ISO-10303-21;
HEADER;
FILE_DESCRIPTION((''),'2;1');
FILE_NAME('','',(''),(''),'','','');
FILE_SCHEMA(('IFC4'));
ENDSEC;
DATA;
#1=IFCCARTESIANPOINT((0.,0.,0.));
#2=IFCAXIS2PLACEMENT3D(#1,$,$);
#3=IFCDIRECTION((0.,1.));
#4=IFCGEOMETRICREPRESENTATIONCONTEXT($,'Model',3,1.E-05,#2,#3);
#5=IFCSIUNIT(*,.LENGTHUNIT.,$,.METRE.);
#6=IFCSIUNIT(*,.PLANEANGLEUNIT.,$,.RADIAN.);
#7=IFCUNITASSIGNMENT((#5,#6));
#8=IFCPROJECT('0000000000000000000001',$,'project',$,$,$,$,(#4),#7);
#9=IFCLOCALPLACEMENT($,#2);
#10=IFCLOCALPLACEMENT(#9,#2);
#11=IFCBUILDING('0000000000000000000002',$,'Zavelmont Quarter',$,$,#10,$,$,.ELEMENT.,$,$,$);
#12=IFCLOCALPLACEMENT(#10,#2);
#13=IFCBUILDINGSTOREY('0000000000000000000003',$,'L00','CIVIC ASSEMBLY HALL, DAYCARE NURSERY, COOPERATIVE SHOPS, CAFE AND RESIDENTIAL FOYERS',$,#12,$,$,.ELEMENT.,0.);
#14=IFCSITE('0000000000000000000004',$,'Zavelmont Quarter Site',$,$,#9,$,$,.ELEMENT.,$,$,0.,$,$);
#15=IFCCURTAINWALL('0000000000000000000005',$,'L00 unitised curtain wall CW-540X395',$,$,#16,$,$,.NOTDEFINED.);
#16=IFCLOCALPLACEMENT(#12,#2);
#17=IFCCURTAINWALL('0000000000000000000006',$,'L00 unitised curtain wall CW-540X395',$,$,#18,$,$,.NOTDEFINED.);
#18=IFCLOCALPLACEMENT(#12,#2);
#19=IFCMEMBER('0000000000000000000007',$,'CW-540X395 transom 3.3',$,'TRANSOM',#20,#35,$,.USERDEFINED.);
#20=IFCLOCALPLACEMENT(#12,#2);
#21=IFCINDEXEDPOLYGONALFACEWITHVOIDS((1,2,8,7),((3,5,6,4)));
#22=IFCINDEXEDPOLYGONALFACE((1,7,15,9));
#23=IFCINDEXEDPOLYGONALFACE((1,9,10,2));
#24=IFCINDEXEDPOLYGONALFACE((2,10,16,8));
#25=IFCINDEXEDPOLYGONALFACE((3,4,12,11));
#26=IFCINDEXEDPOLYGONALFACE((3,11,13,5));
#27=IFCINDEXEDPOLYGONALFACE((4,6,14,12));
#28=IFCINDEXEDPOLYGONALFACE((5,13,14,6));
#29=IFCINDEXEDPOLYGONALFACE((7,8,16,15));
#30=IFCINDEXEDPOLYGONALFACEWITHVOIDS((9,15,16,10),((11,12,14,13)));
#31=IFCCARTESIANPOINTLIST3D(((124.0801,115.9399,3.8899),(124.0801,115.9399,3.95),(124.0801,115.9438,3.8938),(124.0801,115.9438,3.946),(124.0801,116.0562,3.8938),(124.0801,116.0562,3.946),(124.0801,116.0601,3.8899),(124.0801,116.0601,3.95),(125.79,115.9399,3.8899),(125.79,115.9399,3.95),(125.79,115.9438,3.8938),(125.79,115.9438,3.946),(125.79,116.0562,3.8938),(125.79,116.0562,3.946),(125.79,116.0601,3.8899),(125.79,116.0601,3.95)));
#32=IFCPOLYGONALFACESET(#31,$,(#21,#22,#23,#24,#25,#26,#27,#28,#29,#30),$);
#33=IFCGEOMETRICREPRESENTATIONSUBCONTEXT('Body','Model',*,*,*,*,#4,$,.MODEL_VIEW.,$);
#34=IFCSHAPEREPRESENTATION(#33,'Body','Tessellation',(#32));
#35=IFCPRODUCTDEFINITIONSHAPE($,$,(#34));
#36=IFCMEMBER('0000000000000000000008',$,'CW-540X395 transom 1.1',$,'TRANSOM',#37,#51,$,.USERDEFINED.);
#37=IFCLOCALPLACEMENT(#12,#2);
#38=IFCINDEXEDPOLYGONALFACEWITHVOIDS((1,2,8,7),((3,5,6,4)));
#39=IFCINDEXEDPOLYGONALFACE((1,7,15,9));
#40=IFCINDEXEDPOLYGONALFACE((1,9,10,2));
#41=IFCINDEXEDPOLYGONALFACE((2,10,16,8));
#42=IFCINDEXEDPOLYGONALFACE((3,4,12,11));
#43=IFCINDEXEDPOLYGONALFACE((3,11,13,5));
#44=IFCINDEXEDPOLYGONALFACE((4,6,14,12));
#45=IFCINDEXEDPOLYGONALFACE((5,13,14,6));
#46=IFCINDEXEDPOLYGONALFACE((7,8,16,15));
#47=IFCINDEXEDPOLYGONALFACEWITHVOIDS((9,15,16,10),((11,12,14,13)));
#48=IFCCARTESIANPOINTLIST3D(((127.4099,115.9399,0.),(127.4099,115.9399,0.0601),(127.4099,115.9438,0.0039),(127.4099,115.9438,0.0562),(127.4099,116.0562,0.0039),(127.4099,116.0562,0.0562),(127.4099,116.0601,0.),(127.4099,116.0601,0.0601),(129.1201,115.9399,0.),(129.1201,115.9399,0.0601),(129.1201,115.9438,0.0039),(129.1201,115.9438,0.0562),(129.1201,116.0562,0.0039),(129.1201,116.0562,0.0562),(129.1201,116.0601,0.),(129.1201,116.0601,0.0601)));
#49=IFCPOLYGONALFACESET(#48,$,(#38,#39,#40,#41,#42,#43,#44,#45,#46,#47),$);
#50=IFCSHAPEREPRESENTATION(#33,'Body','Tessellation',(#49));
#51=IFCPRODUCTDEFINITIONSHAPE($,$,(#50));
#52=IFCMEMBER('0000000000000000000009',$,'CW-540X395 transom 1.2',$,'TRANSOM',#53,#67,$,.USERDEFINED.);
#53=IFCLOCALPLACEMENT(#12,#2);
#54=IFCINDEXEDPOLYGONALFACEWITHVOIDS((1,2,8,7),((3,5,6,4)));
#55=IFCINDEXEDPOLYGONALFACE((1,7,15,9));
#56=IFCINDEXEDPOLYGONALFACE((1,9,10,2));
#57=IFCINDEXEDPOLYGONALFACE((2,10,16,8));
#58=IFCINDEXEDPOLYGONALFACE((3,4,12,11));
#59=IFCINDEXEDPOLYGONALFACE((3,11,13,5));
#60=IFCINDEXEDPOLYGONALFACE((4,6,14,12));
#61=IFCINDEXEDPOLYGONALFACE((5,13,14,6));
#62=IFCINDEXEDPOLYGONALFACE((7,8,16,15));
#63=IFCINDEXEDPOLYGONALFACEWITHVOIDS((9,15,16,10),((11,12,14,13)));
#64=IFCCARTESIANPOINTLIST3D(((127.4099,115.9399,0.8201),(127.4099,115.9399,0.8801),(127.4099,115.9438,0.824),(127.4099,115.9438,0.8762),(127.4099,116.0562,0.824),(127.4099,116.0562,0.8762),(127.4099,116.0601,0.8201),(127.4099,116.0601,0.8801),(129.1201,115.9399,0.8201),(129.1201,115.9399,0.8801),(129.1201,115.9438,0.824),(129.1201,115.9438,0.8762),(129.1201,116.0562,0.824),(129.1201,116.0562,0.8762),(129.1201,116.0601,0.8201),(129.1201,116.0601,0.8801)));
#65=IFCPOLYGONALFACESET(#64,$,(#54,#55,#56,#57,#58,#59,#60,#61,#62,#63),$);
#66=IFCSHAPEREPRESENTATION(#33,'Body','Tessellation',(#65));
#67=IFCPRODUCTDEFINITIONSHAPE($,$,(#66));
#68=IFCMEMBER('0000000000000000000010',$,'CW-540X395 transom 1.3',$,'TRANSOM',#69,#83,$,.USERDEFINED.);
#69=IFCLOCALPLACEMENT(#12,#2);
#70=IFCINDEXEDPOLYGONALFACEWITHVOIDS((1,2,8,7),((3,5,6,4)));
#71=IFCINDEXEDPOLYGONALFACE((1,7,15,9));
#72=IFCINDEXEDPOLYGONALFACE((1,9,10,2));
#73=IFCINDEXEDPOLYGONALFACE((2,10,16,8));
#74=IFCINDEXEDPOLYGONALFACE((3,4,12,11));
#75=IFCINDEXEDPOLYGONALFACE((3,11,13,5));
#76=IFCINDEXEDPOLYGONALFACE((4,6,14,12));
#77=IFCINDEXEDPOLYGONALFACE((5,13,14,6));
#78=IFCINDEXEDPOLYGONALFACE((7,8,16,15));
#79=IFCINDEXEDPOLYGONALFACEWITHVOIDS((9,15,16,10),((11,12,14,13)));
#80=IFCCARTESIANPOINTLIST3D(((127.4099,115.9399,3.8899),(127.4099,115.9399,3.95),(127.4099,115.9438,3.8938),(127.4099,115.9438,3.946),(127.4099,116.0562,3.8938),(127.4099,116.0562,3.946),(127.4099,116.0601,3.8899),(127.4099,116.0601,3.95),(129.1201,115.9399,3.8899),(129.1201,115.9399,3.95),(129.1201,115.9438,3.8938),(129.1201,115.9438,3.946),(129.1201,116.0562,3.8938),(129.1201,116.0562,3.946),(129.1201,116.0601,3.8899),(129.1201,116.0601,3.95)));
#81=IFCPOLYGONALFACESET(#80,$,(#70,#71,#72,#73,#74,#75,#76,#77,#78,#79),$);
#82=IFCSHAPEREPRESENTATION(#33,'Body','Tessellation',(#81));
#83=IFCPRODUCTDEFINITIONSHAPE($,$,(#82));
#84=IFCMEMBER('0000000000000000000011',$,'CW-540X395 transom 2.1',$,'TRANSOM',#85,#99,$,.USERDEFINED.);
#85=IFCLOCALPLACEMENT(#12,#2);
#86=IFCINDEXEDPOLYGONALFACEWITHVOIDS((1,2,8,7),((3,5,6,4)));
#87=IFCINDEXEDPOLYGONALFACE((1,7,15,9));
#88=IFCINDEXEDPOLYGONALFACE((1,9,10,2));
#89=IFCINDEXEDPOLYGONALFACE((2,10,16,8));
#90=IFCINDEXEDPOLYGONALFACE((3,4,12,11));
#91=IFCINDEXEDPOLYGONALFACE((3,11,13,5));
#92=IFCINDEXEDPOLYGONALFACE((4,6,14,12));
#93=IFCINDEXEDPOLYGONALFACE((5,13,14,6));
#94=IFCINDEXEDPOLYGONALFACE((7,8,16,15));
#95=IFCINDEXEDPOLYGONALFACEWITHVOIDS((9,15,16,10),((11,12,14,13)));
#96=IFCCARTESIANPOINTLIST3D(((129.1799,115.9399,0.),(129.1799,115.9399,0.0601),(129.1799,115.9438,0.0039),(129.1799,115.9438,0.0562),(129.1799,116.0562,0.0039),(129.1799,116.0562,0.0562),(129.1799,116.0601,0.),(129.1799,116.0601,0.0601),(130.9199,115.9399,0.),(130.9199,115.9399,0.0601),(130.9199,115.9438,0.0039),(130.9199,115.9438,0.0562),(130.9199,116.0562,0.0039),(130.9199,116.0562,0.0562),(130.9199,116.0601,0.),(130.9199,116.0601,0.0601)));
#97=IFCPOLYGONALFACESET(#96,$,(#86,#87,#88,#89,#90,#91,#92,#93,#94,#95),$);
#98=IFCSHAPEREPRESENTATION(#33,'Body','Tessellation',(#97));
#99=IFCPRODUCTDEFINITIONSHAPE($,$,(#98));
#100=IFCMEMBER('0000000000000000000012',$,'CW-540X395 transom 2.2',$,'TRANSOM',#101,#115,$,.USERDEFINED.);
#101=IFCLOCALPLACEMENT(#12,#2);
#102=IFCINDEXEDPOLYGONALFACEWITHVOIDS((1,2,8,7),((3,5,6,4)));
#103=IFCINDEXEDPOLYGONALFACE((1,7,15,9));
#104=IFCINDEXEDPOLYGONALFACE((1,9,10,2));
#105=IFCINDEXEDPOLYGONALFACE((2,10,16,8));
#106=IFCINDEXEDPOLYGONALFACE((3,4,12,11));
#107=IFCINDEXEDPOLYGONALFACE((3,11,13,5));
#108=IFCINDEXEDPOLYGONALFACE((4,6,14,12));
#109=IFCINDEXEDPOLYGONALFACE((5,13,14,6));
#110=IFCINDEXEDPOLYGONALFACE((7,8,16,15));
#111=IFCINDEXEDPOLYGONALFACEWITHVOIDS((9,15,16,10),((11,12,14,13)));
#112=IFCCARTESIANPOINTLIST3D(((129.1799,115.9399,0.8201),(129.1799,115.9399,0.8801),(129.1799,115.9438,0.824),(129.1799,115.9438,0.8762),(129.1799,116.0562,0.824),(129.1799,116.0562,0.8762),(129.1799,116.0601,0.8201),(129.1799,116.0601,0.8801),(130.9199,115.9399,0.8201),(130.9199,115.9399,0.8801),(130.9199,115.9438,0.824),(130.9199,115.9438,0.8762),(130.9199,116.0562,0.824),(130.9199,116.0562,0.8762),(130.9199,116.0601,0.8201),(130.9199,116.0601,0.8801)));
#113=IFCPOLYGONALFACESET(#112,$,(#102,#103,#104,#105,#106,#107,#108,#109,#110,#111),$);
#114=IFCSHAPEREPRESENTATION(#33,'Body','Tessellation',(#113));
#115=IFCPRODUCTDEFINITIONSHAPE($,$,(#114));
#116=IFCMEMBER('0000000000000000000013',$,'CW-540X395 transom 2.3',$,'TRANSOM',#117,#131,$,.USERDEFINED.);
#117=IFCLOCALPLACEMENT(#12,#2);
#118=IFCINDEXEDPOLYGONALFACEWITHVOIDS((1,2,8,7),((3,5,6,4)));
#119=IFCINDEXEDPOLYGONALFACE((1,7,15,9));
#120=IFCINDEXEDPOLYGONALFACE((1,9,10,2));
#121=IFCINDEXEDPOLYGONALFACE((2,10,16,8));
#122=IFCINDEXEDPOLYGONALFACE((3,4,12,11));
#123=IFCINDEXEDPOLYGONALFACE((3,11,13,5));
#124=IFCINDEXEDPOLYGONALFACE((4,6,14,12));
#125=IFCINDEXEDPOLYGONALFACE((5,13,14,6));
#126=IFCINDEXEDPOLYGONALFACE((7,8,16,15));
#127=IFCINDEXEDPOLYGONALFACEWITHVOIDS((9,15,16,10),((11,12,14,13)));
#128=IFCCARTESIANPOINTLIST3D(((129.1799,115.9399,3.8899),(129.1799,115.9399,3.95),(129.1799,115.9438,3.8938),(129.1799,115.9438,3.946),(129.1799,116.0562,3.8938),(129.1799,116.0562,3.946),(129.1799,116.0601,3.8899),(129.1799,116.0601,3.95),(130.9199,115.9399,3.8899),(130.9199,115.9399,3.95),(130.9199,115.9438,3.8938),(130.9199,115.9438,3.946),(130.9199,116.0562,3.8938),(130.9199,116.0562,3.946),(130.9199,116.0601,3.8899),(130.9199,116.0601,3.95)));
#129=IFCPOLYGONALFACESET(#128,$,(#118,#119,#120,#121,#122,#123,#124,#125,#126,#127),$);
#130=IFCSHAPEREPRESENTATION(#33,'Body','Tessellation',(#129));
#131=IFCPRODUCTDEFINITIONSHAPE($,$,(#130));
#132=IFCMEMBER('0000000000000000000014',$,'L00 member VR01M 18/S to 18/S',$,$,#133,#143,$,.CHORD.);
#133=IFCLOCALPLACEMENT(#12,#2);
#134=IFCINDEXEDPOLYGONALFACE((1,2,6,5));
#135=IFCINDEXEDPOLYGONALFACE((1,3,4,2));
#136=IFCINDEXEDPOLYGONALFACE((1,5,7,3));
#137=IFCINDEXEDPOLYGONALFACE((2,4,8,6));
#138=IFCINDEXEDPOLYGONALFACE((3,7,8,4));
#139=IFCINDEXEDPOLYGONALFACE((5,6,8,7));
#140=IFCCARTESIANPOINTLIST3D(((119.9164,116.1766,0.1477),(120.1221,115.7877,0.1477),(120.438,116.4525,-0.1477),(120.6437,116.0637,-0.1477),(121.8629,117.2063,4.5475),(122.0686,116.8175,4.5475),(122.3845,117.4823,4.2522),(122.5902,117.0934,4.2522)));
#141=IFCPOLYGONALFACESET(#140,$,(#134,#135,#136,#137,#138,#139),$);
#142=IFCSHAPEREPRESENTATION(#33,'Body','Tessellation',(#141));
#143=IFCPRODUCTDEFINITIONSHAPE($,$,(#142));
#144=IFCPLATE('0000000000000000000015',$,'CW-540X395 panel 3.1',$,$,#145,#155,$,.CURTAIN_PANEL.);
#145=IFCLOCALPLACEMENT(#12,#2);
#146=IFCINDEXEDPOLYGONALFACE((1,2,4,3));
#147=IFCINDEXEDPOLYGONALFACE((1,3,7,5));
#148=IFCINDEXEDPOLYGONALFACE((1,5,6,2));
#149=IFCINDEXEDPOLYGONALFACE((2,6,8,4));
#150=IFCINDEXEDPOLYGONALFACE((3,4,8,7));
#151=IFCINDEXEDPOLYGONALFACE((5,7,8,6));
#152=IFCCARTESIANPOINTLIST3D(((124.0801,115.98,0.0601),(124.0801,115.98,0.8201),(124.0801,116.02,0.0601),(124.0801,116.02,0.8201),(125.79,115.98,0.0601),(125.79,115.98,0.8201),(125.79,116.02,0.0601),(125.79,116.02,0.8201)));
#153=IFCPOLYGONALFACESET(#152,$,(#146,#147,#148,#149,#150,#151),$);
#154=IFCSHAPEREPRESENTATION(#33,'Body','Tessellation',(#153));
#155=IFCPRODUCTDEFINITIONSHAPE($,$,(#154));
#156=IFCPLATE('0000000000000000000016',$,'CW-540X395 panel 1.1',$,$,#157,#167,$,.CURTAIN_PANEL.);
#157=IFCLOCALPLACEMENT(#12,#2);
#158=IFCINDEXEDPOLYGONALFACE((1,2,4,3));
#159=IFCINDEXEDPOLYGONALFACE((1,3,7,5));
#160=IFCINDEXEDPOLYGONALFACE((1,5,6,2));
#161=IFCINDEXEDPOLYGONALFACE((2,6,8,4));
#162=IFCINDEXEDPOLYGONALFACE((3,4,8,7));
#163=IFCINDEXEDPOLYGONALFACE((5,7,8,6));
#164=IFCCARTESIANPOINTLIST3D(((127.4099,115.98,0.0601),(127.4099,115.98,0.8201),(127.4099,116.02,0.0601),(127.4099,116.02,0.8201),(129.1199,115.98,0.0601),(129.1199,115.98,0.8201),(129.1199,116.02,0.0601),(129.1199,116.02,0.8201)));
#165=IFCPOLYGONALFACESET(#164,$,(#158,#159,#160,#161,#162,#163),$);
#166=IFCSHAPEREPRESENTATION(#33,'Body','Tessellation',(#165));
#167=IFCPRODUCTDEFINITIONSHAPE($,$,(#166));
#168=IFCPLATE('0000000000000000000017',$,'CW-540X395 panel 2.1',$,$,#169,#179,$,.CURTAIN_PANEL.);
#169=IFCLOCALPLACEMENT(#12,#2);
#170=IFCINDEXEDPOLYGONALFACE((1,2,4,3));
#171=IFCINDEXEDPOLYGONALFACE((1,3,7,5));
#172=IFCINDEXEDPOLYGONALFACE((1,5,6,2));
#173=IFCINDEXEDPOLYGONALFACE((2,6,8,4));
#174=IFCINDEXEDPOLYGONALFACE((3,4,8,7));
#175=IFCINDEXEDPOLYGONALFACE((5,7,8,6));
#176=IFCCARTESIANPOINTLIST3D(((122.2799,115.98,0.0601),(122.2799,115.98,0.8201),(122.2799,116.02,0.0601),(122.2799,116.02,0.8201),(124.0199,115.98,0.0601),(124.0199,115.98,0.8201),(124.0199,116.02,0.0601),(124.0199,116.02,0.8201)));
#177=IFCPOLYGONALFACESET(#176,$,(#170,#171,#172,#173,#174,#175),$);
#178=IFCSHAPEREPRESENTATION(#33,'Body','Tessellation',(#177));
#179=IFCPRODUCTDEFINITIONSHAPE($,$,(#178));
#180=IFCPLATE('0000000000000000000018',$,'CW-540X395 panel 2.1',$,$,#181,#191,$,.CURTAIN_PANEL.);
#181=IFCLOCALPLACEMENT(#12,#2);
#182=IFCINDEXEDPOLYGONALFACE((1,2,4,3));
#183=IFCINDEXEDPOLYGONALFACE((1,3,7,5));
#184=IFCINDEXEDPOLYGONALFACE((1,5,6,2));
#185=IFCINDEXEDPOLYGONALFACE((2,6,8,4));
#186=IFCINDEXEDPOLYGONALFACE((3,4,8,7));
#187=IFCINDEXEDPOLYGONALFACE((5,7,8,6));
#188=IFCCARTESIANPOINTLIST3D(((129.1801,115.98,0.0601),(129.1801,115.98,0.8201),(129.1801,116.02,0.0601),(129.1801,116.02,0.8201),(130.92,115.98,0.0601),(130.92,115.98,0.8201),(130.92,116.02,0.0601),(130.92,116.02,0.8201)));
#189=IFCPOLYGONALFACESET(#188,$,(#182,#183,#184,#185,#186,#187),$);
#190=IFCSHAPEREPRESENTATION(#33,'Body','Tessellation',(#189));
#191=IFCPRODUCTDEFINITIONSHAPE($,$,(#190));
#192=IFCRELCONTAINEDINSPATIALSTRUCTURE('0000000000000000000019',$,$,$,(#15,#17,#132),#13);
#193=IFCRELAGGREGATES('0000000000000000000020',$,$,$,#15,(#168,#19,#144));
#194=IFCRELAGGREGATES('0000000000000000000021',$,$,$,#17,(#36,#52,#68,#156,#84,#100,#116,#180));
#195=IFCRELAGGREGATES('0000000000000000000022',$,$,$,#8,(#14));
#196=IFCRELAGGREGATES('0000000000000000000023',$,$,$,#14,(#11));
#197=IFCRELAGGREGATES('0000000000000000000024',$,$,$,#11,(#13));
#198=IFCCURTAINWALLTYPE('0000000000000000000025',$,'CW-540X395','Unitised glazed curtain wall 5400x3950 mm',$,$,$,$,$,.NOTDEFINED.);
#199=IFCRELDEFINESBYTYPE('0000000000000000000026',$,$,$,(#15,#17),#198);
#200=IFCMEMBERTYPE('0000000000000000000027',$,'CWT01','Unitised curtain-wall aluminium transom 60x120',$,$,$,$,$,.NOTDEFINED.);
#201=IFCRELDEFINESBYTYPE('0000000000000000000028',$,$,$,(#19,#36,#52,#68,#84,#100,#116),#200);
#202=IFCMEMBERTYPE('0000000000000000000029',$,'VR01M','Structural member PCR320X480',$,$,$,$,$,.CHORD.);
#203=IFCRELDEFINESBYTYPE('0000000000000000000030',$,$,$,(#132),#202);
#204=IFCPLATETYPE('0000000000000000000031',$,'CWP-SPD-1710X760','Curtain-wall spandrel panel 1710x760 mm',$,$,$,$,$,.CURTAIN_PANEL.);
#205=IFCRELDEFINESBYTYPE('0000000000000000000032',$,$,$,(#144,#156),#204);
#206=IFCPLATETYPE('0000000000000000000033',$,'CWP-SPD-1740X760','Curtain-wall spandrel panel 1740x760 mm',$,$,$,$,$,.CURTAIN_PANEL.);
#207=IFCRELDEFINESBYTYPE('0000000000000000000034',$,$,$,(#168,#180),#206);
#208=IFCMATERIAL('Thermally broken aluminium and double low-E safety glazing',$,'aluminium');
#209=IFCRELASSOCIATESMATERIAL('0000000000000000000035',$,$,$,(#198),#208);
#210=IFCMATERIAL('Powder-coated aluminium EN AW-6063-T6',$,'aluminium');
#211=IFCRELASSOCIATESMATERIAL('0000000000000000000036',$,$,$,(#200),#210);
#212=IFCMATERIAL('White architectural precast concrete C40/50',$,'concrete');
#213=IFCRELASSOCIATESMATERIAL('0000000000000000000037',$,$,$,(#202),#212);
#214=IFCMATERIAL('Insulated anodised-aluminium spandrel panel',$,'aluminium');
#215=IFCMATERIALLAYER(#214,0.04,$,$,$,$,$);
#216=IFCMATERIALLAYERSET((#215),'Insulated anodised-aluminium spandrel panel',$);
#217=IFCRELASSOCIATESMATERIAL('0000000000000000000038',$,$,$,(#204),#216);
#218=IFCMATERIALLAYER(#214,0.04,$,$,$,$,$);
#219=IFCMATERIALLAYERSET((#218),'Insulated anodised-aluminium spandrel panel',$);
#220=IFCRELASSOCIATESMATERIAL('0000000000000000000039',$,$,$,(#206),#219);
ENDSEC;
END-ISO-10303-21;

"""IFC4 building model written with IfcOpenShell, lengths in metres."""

from ifc_helpers import new_model, si_unit, direction, frame, origin, origin_2d, place, context, subcontext, project, spatial, rectangle, hollow_rectangle, extrude, material, layer, layer_set, material_profile, profile_set, type_object, element, aggregate, save


model = new_model("IFC4")

# Units and contexts
model_context = context("Model", 3, precision=1e-05, world=origin(), true_north=direction((0.0, 1.0)))
body_context = subcontext(model_context, "Body", "Model", "MODEL_VIEW")
ifc_project = project(units=[si_unit("LENGTHUNIT", "METRE"), si_unit("PLANEANGLEUNIT", "RADIAN")], contexts=[model_context])

# Site, building, storey
site_placement = place(None, origin())
site = spatial("IfcSite", under=ifc_project, at=site_placement, Name="Zavelmont Quarter Site", CompositionType="ELEMENT", RefElevation=0.0)
building_placement = place(site_placement, origin())
building = spatial("IfcBuilding", under=site, at=building_placement, Name="Zavelmont Quarter", CompositionType="ELEMENT")
storey_placement = place(building_placement, origin())
storey = spatial("IfcBuildingStorey", under=building, at=storey_placement, Name="L00", Description="CIVIC ASSEMBLY HALL, DAYCARE NURSERY, COOPERATIVE SHOPS, CAFE AND RESIDENTIAL FOYERS", CompositionType="ELEMENT", Elevation=0.0)

# Curtain walls
ifc_material_1 = material(Name="Thermally broken aluminium and double low-E safety glazing", Category="aluminium")
curtain_wall_type = type_object("IfcCurtainWallType", Name="CW-540X395", Description="Unitised glazed curtain wall 5400x3950 mm", PredefinedType="NOTDEFINED", material=ifc_material_1)
curtain_wall_1_placement = place(storey_placement, origin())
curtain_wall_1 = element("IfcCurtainWall", 1, at=curtain_wall_1_placement, inside=storey, type_object=curtain_wall_type, Name="L00 unitised curtain wall CW-540X395", PredefinedType="NOTDEFINED")
ifc_material_2 = material(Name="Powder-coated aluminium EN AW-6063-T6", Category="aluminium")
curtain_wall_2_placement = place(storey_placement, origin())
curtain_wall_2 = element("IfcCurtainWall", 2, at=curtain_wall_2_placement, inside=storey, type_object=curtain_wall_type, Name="L00 unitised curtain wall CW-540X395", PredefinedType="NOTDEFINED")

# Members
ifc_material_profile_1 = material_profile(ifc_material_2, hollow_rectangle(XDim=0.1201, YDim=0.0601, WallThickness=0.0039, at=origin_2d()), Name="CWT60X120")
ifc_profile_set_1 = profile_set([ifc_material_profile_1], Name="Powder-coated aluminium EN AW-6063-T6")
member_type_1 = type_object("IfcMemberType", Name="CWT01", Description="Unitised curtain-wall aluminium transom 60x120", PredefinedType="NOTDEFINED", material=ifc_profile_set_1)
member_1_placement = place(storey_placement, frame((124.0801, 116.0, 3.9199), z_axis=(1.0, 0.0, 0.0), x_axis=(0.0, 1.0, 0.0)))
member_1 = element("IfcMember", 3, at=member_1_placement, type_object=member_type_1, Name="CW-540X395 transom 3.3", ObjectType="TRANSOM", PredefinedType="USERDEFINED", context=body_context, shape_type="SweptSolid", body=[
    extrude(hollow_rectangle(XDim=0.1201, YDim=0.0601, WallThickness=0.0039, at=origin_2d()), origin(), (0.0, 0.0, 1.0), 1.71),
])
member_2_placement = place(storey_placement, frame((127.4099, 116.0, 0.03), z_axis=(1.0, 0.0, 0.0), x_axis=(0.0, 1.0, 0.0)))
member_2 = element("IfcMember", 4, at=member_2_placement, type_object=member_type_1, Name="CW-540X395 transom 1.1", ObjectType="TRANSOM", PredefinedType="USERDEFINED", context=body_context, shape_type="SweptSolid", body=[
    extrude(hollow_rectangle(XDim=0.1201, YDim=0.0601, WallThickness=0.0039, at=origin_2d()), origin(), (0.0, 0.0, 1.0), 1.7102),
])
member_3_placement = place(storey_placement, frame((127.4099, 116.0, 0.8501), z_axis=(1.0, 0.0, 0.0), x_axis=(0.0, 1.0, 0.0)))
member_3 = element("IfcMember", 5, at=member_3_placement, type_object=member_type_1, Name="CW-540X395 transom 1.2", ObjectType="TRANSOM", PredefinedType="USERDEFINED", context=body_context, shape_type="SweptSolid", body=[
    extrude(hollow_rectangle(XDim=0.1201, YDim=0.0601, WallThickness=0.0039, at=origin_2d()), origin(), (0.0, 0.0, 1.0), 1.7102),
])
member_4_placement = place(storey_placement, frame((127.4099, 116.0, 3.9199), z_axis=(1.0, 0.0, 0.0), x_axis=(0.0, 1.0, 0.0)))
member_4 = element("IfcMember", 6, at=member_4_placement, type_object=member_type_1, Name="CW-540X395 transom 1.3", ObjectType="TRANSOM", PredefinedType="USERDEFINED", context=body_context, shape_type="SweptSolid", body=[
    extrude(hollow_rectangle(XDim=0.1201, YDim=0.0601, WallThickness=0.0039, at=origin_2d()), origin(), (0.0, 0.0, 1.0), 1.7102),
])
member_5_placement = place(storey_placement, frame((129.1799, 116.0, 0.03), z_axis=(1.0, 0.0, 0.0), x_axis=(0.0, 1.0, 0.0)))
member_5 = element("IfcMember", 7, at=member_5_placement, type_object=member_type_1, Name="CW-540X395 transom 2.1", ObjectType="TRANSOM", PredefinedType="USERDEFINED", context=body_context, shape_type="SweptSolid", body=[
    extrude(hollow_rectangle(XDim=0.1201, YDim=0.0601, WallThickness=0.0039, at=origin_2d()), origin(), (0.0, 0.0, 1.0), 1.74),
])
member_6_placement = place(storey_placement, frame((129.1799, 116.0, 0.8501), z_axis=(1.0, 0.0, 0.0), x_axis=(0.0, 1.0, 0.0)))
member_6 = element("IfcMember", 8, at=member_6_placement, type_object=member_type_1, Name="CW-540X395 transom 2.2", ObjectType="TRANSOM", PredefinedType="USERDEFINED", context=body_context, shape_type="SweptSolid", body=[
    extrude(hollow_rectangle(XDim=0.1201, YDim=0.0601, WallThickness=0.0039, at=origin_2d()), origin(), (0.0, 0.0, 1.0), 1.74),
])
member_7_placement = place(storey_placement, frame((129.1799, 116.0, 3.9199), z_axis=(1.0, 0.0, 0.0), x_axis=(0.0, 1.0, 0.0)))
member_7 = element("IfcMember", 9, at=member_7_placement, type_object=member_type_1, Name="CW-540X395 transom 2.3", ObjectType="TRANSOM", PredefinedType="USERDEFINED", context=body_context, shape_type="SweptSolid", body=[
    extrude(hollow_rectangle(XDim=0.1201, YDim=0.0601, WallThickness=0.0039, at=origin_2d()), origin(), (0.0, 0.0, 1.0), 1.74),
])
ifc_material_3 = material(Name="White architectural precast concrete C40/50", Category="concrete")
ifc_material_profile_2 = material_profile(ifc_material_3, rectangle(XDim=0.4399, YDim=0.6599, at=origin_2d()), Name="PCR320X480")
ifc_profile_set_2 = profile_set([ifc_material_profile_2], Name="White architectural precast concrete C40/50")
member_type_2 = type_object("IfcMemberType", Name="VR01M", Description="Structural member PCR320X480", PredefinedType="CHORD", material=ifc_profile_set_2)
member_8_placement = place(storey_placement, frame((120.28, 116.1201, 0.0), z_axis=(0.395619, 0.209296, 0.894249), x_axis=(-0.467628, 0.883925, 0.0)))
element("IfcMember", 10, at=member_8_placement, inside=storey, type_object=member_type_2, Name="L00 member VR01M 18/S to 18/S", PredefinedType="CHORD", context=body_context, shape_type="SweptSolid", body=[
    extrude(rectangle(XDim=0.4399, YDim=0.6599, at=origin_2d()), origin(), (0.0, 0.0, 1.0), 4.9202),
])

# Plates
ifc_material_4 = material(Name="Insulated anodised-aluminium spandrel panel", Category="aluminium")
ifc_layer_1 = layer(ifc_material_4, 0.04)
ifc_layer_set_1 = layer_set([ifc_layer_1], Name="Insulated anodised-aluminium spandrel panel")
plate_type_1 = type_object("IfcPlateType", Name="CWP-SPD-1710X760", Description="Curtain-wall spandrel panel 1710x760 mm", PredefinedType="CURTAIN_PANEL", material=ifc_layer_set_1)
plate_1_placement = place(storey_placement, frame((124.9351, 116.0, 0.0601), z_axis=(0.0, 0.0, 1.0), x_axis=(1.0, 0.0, 0.0)))
plate_1 = element("IfcPlate", 11, at=plate_1_placement, type_object=plate_type_1, Name="CW-540X395 panel 3.1", PredefinedType="CURTAIN_PANEL", context=body_context, shape_type="SweptSolid", body=[
    extrude(rectangle(XDim=1.71, YDim=0.04, at=origin_2d()), origin(), (0.0, 0.0, 1.0), 0.76),
])
plate_2_placement = place(storey_placement, frame((128.2649, 116.0, 0.0601), z_axis=(0.0, 0.0, 1.0), x_axis=(1.0, 0.0, 0.0)))
plate_2 = element("IfcPlate", 12, at=plate_2_placement, type_object=plate_type_1, Name="CW-540X395 panel 1.1", PredefinedType="CURTAIN_PANEL", context=body_context, shape_type="SweptSolid", body=[
    extrude(rectangle(XDim=1.71, YDim=0.04, at=origin_2d()), origin(), (0.0, 0.0, 1.0), 0.76),
])
ifc_layer_2 = layer(ifc_material_4, 0.04)
ifc_layer_set_2 = layer_set([ifc_layer_2], Name="Insulated anodised-aluminium spandrel panel")
plate_type_2 = type_object("IfcPlateType", Name="CWP-SPD-1740X760", Description="Curtain-wall spandrel panel 1740x760 mm", PredefinedType="CURTAIN_PANEL", material=ifc_layer_set_2)
plate_3_placement = place(storey_placement, frame((123.1499, 116.0, 0.0601), z_axis=(0.0, 0.0, 1.0), x_axis=(1.0, 0.0, 0.0)))
plate_3 = element("IfcPlate", 13, at=plate_3_placement, type_object=plate_type_2, Name="CW-540X395 panel 2.1", PredefinedType="CURTAIN_PANEL", context=body_context, shape_type="SweptSolid", body=[
    extrude(rectangle(XDim=1.74, YDim=0.04, at=origin_2d()), origin(), (0.0, 0.0, 1.0), 0.76),
])
plate_4_placement = place(storey_placement, frame((130.05, 116.0, 0.0601), z_axis=(0.0, 0.0, 1.0), x_axis=(1.0, 0.0, 0.0)))
plate_4 = element("IfcPlate", 14, at=plate_4_placement, type_object=plate_type_2, Name="CW-540X395 panel 2.1", PredefinedType="CURTAIN_PANEL", context=body_context, shape_type="SweptSolid", body=[
    extrude(rectangle(XDim=1.74, YDim=0.04, at=origin_2d()), origin(), (0.0, 0.0, 1.0), 0.76),
])
aggregate(curtain_wall_1, [plate_3, member_1, plate_1])
aggregate(curtain_wall_2, [member_2, member_3, member_4, plate_2, member_5, member_6, member_7, plate_4])

save(model, "model.ifc")
